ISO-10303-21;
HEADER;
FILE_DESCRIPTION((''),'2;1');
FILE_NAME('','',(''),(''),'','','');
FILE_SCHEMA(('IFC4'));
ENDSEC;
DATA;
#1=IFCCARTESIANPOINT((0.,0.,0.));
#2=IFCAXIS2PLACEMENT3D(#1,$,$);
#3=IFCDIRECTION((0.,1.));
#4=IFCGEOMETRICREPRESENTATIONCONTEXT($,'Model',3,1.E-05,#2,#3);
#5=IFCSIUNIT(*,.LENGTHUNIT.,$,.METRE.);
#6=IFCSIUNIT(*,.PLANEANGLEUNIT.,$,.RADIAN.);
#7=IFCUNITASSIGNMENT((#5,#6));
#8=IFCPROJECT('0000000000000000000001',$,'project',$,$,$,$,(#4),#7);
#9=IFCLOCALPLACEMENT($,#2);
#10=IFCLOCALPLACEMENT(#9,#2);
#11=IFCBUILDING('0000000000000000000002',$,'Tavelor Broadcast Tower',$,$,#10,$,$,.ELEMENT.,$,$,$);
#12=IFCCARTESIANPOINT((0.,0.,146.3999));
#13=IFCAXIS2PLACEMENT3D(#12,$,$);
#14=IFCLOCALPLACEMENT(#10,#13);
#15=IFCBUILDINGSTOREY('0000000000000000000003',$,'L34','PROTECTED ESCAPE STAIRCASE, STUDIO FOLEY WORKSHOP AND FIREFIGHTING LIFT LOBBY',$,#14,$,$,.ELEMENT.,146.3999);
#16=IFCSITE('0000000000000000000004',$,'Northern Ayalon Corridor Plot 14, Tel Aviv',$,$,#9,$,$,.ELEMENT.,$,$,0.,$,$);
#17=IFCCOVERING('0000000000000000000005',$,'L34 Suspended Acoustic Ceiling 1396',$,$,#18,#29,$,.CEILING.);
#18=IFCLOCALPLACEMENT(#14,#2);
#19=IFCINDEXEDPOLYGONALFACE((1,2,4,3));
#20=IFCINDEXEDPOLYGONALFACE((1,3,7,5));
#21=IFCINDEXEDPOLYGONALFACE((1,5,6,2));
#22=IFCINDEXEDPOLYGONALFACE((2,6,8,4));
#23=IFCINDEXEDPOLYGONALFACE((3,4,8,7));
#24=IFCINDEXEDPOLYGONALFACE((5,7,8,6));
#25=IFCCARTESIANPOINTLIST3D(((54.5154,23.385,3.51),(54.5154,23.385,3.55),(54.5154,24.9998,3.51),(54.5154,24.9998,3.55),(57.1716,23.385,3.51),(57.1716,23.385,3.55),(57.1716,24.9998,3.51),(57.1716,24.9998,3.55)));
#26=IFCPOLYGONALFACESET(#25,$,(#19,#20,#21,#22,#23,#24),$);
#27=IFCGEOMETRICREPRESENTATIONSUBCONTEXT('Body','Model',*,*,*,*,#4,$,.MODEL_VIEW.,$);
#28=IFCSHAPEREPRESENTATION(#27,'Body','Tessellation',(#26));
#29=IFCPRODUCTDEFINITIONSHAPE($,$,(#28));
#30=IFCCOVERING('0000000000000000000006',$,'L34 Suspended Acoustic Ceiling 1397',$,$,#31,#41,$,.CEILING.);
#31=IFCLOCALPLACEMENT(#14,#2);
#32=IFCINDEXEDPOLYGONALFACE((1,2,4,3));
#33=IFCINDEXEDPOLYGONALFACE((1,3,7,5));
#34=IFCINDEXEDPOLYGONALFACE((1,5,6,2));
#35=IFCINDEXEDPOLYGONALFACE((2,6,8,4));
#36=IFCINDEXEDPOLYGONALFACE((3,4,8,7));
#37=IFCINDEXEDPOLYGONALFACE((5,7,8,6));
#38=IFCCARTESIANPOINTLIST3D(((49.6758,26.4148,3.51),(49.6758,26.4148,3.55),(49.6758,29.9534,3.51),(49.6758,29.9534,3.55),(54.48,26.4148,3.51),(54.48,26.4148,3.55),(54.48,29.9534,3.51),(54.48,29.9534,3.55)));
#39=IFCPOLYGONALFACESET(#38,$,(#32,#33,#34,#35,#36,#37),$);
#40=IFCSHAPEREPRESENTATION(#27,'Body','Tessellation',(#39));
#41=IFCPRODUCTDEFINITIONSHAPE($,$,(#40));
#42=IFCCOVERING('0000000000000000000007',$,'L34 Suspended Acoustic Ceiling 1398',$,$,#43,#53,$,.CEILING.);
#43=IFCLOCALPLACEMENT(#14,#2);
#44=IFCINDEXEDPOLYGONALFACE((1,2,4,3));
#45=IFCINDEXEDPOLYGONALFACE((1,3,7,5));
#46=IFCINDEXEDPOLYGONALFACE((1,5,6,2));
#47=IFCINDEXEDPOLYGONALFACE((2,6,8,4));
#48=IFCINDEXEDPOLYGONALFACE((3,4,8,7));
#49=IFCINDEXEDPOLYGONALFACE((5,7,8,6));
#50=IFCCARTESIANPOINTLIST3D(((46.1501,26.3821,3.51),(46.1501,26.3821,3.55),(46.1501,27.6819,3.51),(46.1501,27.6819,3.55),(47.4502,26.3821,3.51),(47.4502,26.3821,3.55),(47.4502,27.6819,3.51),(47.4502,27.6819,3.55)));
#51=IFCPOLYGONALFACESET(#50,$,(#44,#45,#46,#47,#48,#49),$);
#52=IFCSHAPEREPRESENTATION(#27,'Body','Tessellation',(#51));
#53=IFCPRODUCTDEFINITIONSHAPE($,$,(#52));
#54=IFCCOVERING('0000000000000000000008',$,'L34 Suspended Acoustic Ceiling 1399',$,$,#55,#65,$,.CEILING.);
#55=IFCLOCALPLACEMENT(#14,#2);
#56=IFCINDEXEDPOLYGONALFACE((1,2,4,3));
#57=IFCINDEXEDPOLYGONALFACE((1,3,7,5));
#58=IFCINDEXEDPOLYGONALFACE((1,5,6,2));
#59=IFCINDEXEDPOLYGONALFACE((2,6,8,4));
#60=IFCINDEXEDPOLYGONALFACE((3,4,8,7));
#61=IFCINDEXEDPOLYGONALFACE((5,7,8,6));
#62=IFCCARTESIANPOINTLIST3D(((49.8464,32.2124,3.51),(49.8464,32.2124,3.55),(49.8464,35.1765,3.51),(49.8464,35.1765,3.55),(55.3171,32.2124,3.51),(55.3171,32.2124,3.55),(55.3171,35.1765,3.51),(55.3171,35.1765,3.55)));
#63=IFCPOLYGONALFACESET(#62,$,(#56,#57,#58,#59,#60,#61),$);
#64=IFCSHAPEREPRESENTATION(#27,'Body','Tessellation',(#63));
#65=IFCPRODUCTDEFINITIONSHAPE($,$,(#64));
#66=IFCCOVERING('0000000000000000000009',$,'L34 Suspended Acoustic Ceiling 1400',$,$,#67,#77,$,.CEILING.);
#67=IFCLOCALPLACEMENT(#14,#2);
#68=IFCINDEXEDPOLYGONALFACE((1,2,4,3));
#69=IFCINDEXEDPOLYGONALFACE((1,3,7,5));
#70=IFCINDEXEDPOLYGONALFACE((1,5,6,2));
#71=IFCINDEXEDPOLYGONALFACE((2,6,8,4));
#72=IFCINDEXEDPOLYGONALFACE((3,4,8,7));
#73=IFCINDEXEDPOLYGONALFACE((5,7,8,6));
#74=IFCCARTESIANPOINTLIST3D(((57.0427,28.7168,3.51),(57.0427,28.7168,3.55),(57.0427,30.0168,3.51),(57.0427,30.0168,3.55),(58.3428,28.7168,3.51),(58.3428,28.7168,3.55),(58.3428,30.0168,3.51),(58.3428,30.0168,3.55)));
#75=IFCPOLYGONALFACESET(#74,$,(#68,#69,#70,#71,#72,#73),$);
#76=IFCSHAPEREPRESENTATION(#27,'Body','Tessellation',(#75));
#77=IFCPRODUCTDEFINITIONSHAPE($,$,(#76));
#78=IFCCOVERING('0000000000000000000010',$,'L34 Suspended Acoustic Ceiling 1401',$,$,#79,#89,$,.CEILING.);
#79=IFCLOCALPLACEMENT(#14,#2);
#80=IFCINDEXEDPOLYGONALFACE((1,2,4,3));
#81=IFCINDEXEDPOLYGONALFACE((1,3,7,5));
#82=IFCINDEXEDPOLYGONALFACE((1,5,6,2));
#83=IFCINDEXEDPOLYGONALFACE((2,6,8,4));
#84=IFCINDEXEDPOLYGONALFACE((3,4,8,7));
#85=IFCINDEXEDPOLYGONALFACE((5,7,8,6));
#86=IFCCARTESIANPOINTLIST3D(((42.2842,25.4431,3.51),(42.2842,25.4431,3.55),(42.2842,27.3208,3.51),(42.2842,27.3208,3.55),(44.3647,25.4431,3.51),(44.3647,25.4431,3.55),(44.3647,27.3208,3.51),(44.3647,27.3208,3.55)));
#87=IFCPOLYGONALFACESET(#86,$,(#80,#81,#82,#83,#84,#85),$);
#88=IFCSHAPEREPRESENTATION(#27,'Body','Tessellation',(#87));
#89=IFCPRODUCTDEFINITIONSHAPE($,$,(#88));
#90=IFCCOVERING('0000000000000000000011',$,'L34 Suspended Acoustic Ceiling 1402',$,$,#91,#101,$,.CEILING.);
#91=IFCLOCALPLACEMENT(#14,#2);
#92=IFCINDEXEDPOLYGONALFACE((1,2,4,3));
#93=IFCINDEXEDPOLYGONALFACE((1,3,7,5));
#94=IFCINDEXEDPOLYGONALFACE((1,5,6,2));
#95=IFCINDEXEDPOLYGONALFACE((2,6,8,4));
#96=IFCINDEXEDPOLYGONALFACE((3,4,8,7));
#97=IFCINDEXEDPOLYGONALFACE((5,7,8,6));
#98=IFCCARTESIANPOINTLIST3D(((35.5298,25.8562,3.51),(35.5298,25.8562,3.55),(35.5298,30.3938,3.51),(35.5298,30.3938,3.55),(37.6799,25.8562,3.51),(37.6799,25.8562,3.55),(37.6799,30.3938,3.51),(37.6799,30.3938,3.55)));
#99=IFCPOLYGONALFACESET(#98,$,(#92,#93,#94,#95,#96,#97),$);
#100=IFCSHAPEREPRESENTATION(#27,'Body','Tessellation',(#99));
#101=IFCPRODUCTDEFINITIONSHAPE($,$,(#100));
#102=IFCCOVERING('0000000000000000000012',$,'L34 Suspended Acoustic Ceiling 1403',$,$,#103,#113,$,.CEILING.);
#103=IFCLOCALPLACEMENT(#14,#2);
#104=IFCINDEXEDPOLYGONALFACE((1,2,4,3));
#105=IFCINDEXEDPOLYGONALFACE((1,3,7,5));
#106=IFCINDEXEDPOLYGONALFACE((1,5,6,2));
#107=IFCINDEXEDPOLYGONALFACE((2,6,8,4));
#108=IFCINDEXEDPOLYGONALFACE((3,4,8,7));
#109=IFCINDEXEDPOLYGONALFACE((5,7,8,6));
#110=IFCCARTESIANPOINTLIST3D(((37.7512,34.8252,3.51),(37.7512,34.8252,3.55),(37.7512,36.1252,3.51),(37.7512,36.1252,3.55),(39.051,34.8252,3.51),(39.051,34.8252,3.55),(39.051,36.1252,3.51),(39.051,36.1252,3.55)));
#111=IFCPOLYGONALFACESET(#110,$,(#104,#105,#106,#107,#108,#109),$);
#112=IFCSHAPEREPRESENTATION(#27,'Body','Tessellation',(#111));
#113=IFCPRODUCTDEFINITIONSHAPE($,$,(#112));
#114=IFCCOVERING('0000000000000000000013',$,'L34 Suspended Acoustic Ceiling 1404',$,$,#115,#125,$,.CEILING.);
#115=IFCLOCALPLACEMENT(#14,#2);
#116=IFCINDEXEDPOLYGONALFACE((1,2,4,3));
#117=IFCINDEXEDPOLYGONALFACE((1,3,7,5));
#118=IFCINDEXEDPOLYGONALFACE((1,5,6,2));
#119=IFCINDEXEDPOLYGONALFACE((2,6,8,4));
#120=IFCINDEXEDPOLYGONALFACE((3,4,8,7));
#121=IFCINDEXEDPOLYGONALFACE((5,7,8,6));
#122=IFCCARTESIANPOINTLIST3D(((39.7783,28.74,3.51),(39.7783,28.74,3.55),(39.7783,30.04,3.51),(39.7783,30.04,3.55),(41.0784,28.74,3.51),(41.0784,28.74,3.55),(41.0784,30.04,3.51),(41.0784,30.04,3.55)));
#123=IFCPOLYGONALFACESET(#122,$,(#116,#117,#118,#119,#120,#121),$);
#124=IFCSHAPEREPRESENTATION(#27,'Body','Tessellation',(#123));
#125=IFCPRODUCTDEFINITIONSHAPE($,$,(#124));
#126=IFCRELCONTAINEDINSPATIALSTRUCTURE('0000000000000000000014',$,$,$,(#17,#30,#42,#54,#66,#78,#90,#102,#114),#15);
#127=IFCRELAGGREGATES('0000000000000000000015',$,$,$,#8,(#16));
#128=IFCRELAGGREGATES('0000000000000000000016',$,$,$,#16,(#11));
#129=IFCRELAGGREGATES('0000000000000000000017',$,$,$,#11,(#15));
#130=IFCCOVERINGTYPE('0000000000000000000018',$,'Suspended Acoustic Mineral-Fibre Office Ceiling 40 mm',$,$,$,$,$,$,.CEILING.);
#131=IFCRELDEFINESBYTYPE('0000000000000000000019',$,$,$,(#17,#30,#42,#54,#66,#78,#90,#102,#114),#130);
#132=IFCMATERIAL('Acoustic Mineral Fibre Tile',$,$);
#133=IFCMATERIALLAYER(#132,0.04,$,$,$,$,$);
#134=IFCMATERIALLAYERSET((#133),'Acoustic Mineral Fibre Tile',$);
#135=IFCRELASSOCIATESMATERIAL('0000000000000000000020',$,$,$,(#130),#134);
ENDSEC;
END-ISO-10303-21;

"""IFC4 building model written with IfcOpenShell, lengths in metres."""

from ifc_helpers import new_model, si_unit, direction, frame, origin, place, context, subcontext, project, spatial, polyline, outline, extrude, material, layer, layer_set, type_object, element, save


model = new_model("IFC4")

# Units and contexts
model_context = context("Model", 3, precision=1e-05, world=origin(), true_north=direction((0.0, 1.0)))
body_context = subcontext(model_context, "Body", "Model", "MODEL_VIEW")
ifc_project = project(units=[si_unit("LENGTHUNIT", "METRE"), si_unit("PLANEANGLEUNIT", "RADIAN")], contexts=[model_context])

# Site, building, storey
site_placement = place(None, origin())
site = spatial("IfcSite", under=ifc_project, at=site_placement, Name="Northern Ayalon Corridor Plot 14, Tel Aviv", CompositionType="ELEMENT", RefElevation=0.0)
building_placement = place(site_placement, origin())
building = spatial("IfcBuilding", under=site, at=building_placement, Name="Tavelor Broadcast Tower", CompositionType="ELEMENT")
storey_placement = place(building_placement, frame((0.0, 0.0, 146.3999)))
storey = spatial("IfcBuildingStorey", under=building, at=storey_placement, Name="L34", Description="PROTECTED ESCAPE STAIRCASE, STUDIO FOLEY WORKSHOP AND FIREFIGHTING LIFT LOBBY", CompositionType="ELEMENT", Elevation=146.3999)

# Coverings
ifc_material_1 = material(Name="Acoustic Mineral Fibre Tile")
ifc_layer_1 = layer(ifc_material_1, 0.04)
ifc_layer_set_1 = layer_set([ifc_layer_1], Name="Acoustic Mineral Fibre Tile")
covering_type_1 = type_object("IfcCoveringType", Name="Suspended Acoustic Mineral-Fibre Office Ceiling 40 mm", PredefinedType="CEILING", material=ifc_layer_set_1)
covering_1_placement = place(storey_placement, frame((0.0, 0.0, 3.51)))
element("IfcCovering", 1, at=covering_1_placement, inside=storey, type_object=covering_type_1, Name="L34 Suspended Acoustic Ceiling 1396", PredefinedType="CEILING", context=body_context, shape_type="SweptSolid", body=[
    extrude(outline(polyline([(54.5154, 23.385), (57.1716, 23.385), (57.1716, 24.9998), (54.5154, 24.9998), (54.5154, 23.385)])), origin(), (0.0, 0.0, 1.0), 0.04),
])
covering_2_placement = place(storey_placement, frame((0.0, 0.0, 3.51)))
element("IfcCovering", 2, at=covering_2_placement, inside=storey, type_object=covering_type_1, Name="L34 Suspended Acoustic Ceiling 1397", PredefinedType="CEILING", context=body_context, shape_type="SweptSolid", body=[
    extrude(outline(polyline([(49.6758, 26.4148), (54.48, 26.4148), (54.48, 29.9534), (49.6758, 29.9534), (49.6758, 26.4148)])), origin(), (0.0, 0.0, 1.0), 0.04),
])
covering_3_placement = place(storey_placement, frame((0.0, 0.0, 3.51)))
element("IfcCovering", 3, at=covering_3_placement, inside=storey, type_object=covering_type_1, Name="L34 Suspended Acoustic Ceiling 1398", PredefinedType="CEILING", context=body_context, shape_type="SweptSolid", body=[
    extrude(outline(polyline([(46.1501, 26.3821), (47.4502, 26.3821), (47.4502, 27.6819), (46.1501, 27.6819), (46.1501, 26.3821)])), origin(), (0.0, 0.0, 1.0), 0.04),
])
covering_4_placement = place(storey_placement, frame((0.0, 0.0, 3.51)))
element("IfcCovering", 4, at=covering_4_placement, inside=storey, type_object=covering_type_1, Name="L34 Suspended Acoustic Ceiling 1399", PredefinedType="CEILING", context=body_context, shape_type="SweptSolid", body=[
    extrude(outline(polyline([(49.8464, 32.2124), (55.3171, 32.2124), (55.3171, 35.1765), (49.8464, 35.1765), (49.8464, 32.2124)])), origin(), (0.0, 0.0, 1.0), 0.04),
])
covering_5_placement = place(storey_placement, frame((0.0, 0.0, 3.51)))
element("IfcCovering", 5, at=covering_5_placement, inside=storey, type_object=covering_type_1, Name="L34 Suspended Acoustic Ceiling 1400", PredefinedType="CEILING", context=body_context, shape_type="SweptSolid", body=[
    extrude(outline(polyline([(57.0427, 28.7168), (58.3428, 28.7168), (58.3428, 30.0168), (57.0427, 30.0168), (57.0427, 28.7168)])), origin(), (0.0, 0.0, 1.0), 0.04),
])
covering_6_placement = place(storey_placement, frame((0.0, 0.0, 3.51)))
element("IfcCovering", 6, at=covering_6_placement, inside=storey, type_object=covering_type_1, Name="L34 Suspended Acoustic Ceiling 1401", PredefinedType="CEILING", context=body_context, shape_type="SweptSolid", body=[
    extrude(outline(polyline([(42.2842, 25.4431), (44.3647, 25.4431), (44.3647, 27.3208), (42.2842, 27.3208), (42.2842, 25.4431)])), origin(), (0.0, 0.0, 1.0), 0.04),
])
covering_7_placement = place(storey_placement, frame((0.0, 0.0, 3.51)))
element("IfcCovering", 7, at=covering_7_placement, inside=storey, type_object=covering_type_1, Name="L34 Suspended Acoustic Ceiling 1402", PredefinedType="CEILING", context=body_context, shape_type="SweptSolid", body=[
    extrude(outline(polyline([(35.5298, 25.8562), (37.6799, 25.8562), (37.6799, 30.3938), (35.5298, 30.3938), (35.5298, 25.8562)])), origin(), (0.0, 0.0, 1.0), 0.04),
])
covering_8_placement = place(storey_placement, frame((0.0, 0.0, 3.51)))
element("IfcCovering", 8, at=covering_8_placement, inside=storey, type_object=covering_type_1, Name="L34 Suspended Acoustic Ceiling 1403", PredefinedType="CEILING", context=body_context, shape_type="SweptSolid", body=[
    extrude(outline(polyline([(37.7512, 34.8252), (39.051, 34.8252), (39.051, 36.1252), (37.7512, 36.1252), (37.7512, 34.8252)])), origin(), (0.0, 0.0, 1.0), 0.04),
])
covering_9_placement = place(storey_placement, frame((0.0, 0.0, 3.51)))
element("IfcCovering", 9, at=covering_9_placement, inside=storey, type_object=covering_type_1, Name="L34 Suspended Acoustic Ceiling 1404", PredefinedType="CEILING", context=body_context, shape_type="SweptSolid", body=[
    extrude(outline(polyline([(39.7783, 28.74), (41.0784, 28.74), (41.0784, 30.04), (39.7783, 30.04), (39.7783, 28.74)])), origin(), (0.0, 0.0, 1.0), 0.04),
])

save(model, "model.ifc")
